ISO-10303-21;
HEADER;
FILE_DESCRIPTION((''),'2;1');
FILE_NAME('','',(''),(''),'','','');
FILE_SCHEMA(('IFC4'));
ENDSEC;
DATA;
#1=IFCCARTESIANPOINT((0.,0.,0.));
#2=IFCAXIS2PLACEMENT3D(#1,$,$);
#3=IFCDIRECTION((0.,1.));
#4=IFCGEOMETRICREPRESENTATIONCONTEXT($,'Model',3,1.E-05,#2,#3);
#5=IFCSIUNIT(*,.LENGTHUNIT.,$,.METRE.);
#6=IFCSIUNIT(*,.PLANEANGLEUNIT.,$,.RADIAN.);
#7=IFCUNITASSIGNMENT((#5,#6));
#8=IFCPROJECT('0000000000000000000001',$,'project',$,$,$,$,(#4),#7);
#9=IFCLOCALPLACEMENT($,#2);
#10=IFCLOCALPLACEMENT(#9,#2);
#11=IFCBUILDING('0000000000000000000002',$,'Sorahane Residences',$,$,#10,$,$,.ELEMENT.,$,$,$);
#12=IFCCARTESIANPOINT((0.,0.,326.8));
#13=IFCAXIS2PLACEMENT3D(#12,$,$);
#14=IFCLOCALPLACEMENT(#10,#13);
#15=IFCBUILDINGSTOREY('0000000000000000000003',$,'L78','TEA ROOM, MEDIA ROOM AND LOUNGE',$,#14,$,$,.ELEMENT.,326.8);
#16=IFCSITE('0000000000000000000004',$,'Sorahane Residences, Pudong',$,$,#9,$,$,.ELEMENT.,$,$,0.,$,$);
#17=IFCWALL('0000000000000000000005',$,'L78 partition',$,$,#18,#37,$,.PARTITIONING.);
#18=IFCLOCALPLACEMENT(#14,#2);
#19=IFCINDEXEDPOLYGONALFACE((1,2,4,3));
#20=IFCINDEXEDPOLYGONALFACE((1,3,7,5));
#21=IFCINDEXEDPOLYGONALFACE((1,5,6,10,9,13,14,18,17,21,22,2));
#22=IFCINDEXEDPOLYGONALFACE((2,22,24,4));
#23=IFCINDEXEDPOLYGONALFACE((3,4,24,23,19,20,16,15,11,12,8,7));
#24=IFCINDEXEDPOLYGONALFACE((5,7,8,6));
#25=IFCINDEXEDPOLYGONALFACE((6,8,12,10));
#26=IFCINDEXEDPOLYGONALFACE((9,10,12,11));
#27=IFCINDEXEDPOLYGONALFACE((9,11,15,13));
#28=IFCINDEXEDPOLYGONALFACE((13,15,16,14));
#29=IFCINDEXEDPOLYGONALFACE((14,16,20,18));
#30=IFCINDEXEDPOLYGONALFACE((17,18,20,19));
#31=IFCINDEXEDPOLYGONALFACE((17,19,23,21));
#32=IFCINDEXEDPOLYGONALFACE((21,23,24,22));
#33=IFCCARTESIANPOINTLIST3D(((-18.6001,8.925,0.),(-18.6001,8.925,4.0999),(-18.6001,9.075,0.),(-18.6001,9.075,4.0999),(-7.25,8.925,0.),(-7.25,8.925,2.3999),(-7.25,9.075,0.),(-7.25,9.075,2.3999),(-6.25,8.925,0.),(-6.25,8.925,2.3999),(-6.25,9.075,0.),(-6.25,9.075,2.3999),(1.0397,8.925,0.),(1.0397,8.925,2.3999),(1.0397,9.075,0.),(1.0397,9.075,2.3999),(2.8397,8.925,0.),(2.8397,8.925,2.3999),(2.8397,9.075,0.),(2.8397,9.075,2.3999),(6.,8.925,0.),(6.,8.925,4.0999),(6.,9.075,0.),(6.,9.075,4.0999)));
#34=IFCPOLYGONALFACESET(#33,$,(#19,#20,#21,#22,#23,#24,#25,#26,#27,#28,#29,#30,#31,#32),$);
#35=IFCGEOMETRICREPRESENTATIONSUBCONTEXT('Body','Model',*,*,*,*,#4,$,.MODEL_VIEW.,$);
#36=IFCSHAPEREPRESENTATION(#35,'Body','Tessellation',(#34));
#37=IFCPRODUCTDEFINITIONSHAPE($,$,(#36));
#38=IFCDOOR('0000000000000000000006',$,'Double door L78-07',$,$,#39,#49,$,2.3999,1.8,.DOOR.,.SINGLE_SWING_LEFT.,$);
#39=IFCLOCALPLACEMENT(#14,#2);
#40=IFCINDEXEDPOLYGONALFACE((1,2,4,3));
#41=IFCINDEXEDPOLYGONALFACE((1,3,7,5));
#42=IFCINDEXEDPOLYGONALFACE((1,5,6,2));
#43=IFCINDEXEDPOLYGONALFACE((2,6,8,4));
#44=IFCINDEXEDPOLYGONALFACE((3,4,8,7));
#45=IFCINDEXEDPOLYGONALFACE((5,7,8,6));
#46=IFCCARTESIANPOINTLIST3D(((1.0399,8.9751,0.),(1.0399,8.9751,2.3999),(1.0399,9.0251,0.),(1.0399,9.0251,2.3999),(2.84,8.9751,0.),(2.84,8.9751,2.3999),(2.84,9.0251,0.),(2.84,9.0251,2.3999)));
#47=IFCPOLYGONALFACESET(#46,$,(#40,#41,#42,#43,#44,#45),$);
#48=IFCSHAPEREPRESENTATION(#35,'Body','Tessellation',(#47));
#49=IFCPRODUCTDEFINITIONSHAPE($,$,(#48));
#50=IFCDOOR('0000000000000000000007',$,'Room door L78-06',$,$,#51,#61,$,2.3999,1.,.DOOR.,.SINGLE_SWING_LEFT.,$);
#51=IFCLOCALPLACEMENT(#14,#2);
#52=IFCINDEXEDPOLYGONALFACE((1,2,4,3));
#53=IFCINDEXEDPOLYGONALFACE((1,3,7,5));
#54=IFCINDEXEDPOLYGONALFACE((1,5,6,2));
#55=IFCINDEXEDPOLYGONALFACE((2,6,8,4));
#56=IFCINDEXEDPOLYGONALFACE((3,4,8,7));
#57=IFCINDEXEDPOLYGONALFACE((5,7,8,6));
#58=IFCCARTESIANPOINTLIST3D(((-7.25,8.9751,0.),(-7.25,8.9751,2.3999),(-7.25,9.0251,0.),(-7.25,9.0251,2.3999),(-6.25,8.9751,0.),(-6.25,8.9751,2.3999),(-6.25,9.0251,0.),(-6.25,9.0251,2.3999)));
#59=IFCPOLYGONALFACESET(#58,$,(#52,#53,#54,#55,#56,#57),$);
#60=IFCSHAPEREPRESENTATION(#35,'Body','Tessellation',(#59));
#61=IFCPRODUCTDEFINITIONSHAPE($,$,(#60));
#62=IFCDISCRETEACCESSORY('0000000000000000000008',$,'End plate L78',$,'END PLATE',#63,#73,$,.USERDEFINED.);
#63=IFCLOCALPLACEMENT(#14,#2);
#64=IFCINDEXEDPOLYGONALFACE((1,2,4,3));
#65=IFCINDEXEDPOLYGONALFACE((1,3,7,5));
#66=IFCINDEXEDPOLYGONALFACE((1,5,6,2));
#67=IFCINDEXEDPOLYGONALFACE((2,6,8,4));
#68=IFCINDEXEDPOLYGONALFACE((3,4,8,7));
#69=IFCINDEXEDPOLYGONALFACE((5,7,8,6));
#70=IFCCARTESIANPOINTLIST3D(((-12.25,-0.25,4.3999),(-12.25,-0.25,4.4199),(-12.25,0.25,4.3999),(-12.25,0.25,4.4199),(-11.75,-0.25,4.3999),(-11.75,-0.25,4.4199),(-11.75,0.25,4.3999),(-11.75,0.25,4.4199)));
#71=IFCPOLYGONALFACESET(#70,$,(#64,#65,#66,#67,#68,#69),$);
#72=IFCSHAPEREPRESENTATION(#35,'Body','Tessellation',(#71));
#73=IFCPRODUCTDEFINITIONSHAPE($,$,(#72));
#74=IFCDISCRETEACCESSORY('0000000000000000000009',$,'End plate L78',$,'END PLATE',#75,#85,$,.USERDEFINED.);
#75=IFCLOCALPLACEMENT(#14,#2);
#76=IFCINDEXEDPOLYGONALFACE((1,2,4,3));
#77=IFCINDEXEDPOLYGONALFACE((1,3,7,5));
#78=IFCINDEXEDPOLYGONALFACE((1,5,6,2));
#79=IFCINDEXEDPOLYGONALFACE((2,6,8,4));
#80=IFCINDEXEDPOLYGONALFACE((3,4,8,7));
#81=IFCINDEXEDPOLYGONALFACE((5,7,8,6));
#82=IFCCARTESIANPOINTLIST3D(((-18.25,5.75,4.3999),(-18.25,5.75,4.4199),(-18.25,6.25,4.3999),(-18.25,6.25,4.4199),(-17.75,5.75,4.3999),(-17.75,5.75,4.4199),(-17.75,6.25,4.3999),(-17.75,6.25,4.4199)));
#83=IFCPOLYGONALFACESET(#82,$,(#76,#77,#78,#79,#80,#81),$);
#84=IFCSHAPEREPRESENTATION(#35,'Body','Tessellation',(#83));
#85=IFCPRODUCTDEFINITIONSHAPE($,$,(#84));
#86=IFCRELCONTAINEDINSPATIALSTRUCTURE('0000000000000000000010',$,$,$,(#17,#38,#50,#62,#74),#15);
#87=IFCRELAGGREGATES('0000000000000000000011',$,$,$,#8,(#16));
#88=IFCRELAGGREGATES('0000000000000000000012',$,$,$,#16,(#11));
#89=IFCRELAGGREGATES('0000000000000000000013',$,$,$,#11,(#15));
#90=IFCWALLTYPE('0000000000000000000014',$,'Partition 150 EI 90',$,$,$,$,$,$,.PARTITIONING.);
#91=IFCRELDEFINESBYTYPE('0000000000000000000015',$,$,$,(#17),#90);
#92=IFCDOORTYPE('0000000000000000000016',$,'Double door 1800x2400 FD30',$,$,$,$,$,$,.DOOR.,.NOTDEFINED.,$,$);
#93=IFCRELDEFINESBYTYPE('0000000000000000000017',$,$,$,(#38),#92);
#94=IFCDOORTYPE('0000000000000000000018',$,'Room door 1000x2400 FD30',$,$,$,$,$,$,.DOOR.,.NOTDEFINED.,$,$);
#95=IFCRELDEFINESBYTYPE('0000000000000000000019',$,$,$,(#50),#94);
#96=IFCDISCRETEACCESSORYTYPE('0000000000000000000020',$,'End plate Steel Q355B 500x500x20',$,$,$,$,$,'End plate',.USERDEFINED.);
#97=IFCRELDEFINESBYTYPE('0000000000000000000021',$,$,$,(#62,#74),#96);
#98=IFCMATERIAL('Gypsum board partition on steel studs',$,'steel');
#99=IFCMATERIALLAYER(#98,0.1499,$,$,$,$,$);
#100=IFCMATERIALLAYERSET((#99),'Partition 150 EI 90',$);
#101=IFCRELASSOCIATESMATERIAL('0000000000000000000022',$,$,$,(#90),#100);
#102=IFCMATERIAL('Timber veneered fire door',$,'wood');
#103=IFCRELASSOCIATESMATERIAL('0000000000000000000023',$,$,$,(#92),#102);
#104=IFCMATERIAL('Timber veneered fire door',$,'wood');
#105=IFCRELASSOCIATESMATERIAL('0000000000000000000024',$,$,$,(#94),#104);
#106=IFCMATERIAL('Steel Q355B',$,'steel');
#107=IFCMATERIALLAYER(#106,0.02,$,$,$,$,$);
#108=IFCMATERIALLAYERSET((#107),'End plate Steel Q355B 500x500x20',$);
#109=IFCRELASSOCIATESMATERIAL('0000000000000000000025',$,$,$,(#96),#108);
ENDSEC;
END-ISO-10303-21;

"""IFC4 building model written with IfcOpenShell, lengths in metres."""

from ifc_helpers import new_model, si_unit, direction, frame, frame_2d, origin, origin_2d, place, context, subcontext, project, spatial, rectangle, extrude, material, layer, layer_set, type_object, element, fill, save


model = new_model("IFC4")

# Units and contexts
model_context = context("Model", 3, precision=1e-05, world=origin(), true_north=direction((0.0, 1.0)))
body_context = subcontext(model_context, "Body", "Model", "MODEL_VIEW")
ifc_project = project(units=[si_unit("LENGTHUNIT", "METRE"), si_unit("PLANEANGLEUNIT", "RADIAN")], contexts=[model_context])

# Site, building, storey
site_placement = place(None, origin())
site = spatial("IfcSite", under=ifc_project, at=site_placement, Name="Sorahane Residences, Pudong", CompositionType="ELEMENT", RefElevation=0.0)
building_placement = place(site_placement, origin())
building = spatial("IfcBuilding", under=site, at=building_placement, Name="Sorahane Residences", CompositionType="ELEMENT")
storey_placement = place(building_placement, frame((0.0, 0.0, 326.8)))
storey = spatial("IfcBuildingStorey", under=building, at=storey_placement, Name="L78", Description="TEA ROOM, MEDIA ROOM AND LOUNGE", CompositionType="ELEMENT", Elevation=326.8)

# Shared definitions
ifc_material_1 = material(Name="Gypsum board partition on steel studs", Category="steel")
ifc_layer_1 = layer(ifc_material_1, 0.1499)
ifc_layer_set_1 = layer_set([ifc_layer_1], Name="Partition 150 EI 90")
wall_type_1 = type_object("IfcWallType", Name="Partition 150 EI 90", PredefinedType="PARTITIONING", material=ifc_layer_set_1)

# Wall, openings, doors
ifc_material_2 = material(Name="Timber veneered fire door", Category="wood")
door_type_1 = type_object("IfcDoorType", Name="Double door 1800x2400 FD30", OperationType="NOTDEFINED", PredefinedType="DOOR", material=ifc_material_2)
ifc_material_3 = material(Name="Timber veneered fire door", Category="wood")
door_type_2 = type_object("IfcDoorType", Name="Room door 1000x2400 FD30", OperationType="NOTDEFINED", PredefinedType="DOOR", material=ifc_material_3)
wall_1_placement = place(storey_placement, frame((-18.6001, 9.0, 0.0), z_axis=(0.0, 0.0, 1.0), x_axis=(1.0, 0.0, 0.0)))
wall_1 = element("IfcWall", 1, at=wall_1_placement, inside=storey, type_object=wall_type_1, Name="L78 partition", PredefinedType="PARTITIONING", context=body_context, shape_type="SweptSolid", body=[
    extrude(rectangle(XDim=24.6001, YDim=0.1499, at=frame_2d((12.3, 0.0))), origin(), (0.0, 0.0, 1.0), 4.0999),
])
opening_1_placement = place(wall_1_placement, frame((11.3501, 0.0, 0.0)))
opening_1 = element("IfcOpeningElement", 2, at=opening_1_placement, cuts=wall_1, PredefinedType="OPENING", context=body_context, shape_type="SweptSolid", body=[
    extrude(rectangle(XDim=1.0, YDim=2.3999, at=frame_2d((0.5, 1.2))), frame((0.0, 0.085, 0.0), z_axis=(0.0, -1.0, 0.0), x_axis=(1.0, 0.0, 0.0)), (0.0, 0.0, 1.0), 0.1699),
])
opening_2_placement = place(wall_1_placement, frame((19.6399, 0.0, 0.0)))
opening_2 = element("IfcOpeningElement", 3, at=opening_2_placement, cuts=wall_1, PredefinedType="OPENING", context=body_context, shape_type="SweptSolid", body=[
    extrude(rectangle(XDim=1.8, YDim=2.3999, at=frame_2d((0.8999, 1.2))), frame((0.0, 0.085, 0.0), z_axis=(0.0, -1.0, 0.0), x_axis=(1.0, 0.0, 0.0)), (0.0, 0.0, 1.0), 0.1699),
])
door_1_placement = place(opening_2_placement, frame((1.8, 0.0, 0.0), z_axis=(0.0, 0.0, 1.0), x_axis=(-1.0, 0.0, 0.0)))
door_1 = element("IfcDoor", 4, at=door_1_placement, inside=storey, type_object=door_type_1, Name="Double door L78-07", OperationType="SINGLE_SWING_LEFT", OverallHeight=2.3999, OverallWidth=1.8, PredefinedType="DOOR", context=body_context, shape_type="SweptSolid", body=[
    extrude(rectangle(XDim=1.8, YDim=2.3999, at=frame_2d((0.8999, 1.2))), frame((0.0, 0.0249, 0.0), z_axis=(0.0, -1.0, 0.0), x_axis=(1.0, 0.0, 0.0)), (0.0, 0.0, 1.0), 0.05),
])
fill(opening_2, door_1)
door_2_placement = place(opening_1_placement, frame((1.0, 0.0, 0.0), z_axis=(0.0, 0.0, 1.0), x_axis=(-1.0, 0.0, 0.0)))
door_2 = element("IfcDoor", 5, at=door_2_placement, inside=storey, type_object=door_type_2, Name="Room door L78-06", OperationType="SINGLE_SWING_LEFT", OverallHeight=2.3999, OverallWidth=1.0, PredefinedType="DOOR", context=body_context, shape_type="SweptSolid", body=[
    extrude(rectangle(XDim=1.0, YDim=2.3999, at=frame_2d((0.5, 1.2))), frame((0.0, 0.0249, 0.0), z_axis=(0.0, -1.0, 0.0), x_axis=(1.0, 0.0, 0.0)), (0.0, 0.0, 1.0), 0.05),
])
fill(opening_1, door_2)

# Discrete accessories
ifc_material_4 = material(Name="Steel Q355B", Category="steel")
ifc_layer_2 = layer(ifc_material_4, 0.02)
ifc_layer_set_2 = layer_set([ifc_layer_2], Name="End plate Steel Q355B 500x500x20")
discrete_accessory_type = type_object("IfcDiscreteAccessoryType", Name="End plate Steel Q355B 500x500x20", ElementType="End plate", PredefinedType="USERDEFINED", material=ifc_layer_set_2)
for number, where, z_axis, x_axis, name in (
    (6, (-12.0, 0.0, 4.3999), (0.0, 0.0, 1.0), (1.0, 0.0, 0.0), "End plate L78"),
    (7, (-18.0, 6.0, 4.3999), (0.0, 0.0, 1.0), (1.0, 0.0, 0.0), "End plate L78"),
):
    element("IfcDiscreteAccessory", number, at=place(storey_placement, frame(where, z_axis=z_axis, x_axis=x_axis)), inside=storey, type_object=discrete_accessory_type, Name=name, ObjectType="END PLATE", PredefinedType="USERDEFINED", context=body_context, shape_type="SweptSolid", body=[
        extrude(rectangle(XDim=0.5, YDim=0.5, at=origin_2d()), origin(), (0.0, 0.0, 1.0), 0.02),
    ])

save(model, "model.ifc")
